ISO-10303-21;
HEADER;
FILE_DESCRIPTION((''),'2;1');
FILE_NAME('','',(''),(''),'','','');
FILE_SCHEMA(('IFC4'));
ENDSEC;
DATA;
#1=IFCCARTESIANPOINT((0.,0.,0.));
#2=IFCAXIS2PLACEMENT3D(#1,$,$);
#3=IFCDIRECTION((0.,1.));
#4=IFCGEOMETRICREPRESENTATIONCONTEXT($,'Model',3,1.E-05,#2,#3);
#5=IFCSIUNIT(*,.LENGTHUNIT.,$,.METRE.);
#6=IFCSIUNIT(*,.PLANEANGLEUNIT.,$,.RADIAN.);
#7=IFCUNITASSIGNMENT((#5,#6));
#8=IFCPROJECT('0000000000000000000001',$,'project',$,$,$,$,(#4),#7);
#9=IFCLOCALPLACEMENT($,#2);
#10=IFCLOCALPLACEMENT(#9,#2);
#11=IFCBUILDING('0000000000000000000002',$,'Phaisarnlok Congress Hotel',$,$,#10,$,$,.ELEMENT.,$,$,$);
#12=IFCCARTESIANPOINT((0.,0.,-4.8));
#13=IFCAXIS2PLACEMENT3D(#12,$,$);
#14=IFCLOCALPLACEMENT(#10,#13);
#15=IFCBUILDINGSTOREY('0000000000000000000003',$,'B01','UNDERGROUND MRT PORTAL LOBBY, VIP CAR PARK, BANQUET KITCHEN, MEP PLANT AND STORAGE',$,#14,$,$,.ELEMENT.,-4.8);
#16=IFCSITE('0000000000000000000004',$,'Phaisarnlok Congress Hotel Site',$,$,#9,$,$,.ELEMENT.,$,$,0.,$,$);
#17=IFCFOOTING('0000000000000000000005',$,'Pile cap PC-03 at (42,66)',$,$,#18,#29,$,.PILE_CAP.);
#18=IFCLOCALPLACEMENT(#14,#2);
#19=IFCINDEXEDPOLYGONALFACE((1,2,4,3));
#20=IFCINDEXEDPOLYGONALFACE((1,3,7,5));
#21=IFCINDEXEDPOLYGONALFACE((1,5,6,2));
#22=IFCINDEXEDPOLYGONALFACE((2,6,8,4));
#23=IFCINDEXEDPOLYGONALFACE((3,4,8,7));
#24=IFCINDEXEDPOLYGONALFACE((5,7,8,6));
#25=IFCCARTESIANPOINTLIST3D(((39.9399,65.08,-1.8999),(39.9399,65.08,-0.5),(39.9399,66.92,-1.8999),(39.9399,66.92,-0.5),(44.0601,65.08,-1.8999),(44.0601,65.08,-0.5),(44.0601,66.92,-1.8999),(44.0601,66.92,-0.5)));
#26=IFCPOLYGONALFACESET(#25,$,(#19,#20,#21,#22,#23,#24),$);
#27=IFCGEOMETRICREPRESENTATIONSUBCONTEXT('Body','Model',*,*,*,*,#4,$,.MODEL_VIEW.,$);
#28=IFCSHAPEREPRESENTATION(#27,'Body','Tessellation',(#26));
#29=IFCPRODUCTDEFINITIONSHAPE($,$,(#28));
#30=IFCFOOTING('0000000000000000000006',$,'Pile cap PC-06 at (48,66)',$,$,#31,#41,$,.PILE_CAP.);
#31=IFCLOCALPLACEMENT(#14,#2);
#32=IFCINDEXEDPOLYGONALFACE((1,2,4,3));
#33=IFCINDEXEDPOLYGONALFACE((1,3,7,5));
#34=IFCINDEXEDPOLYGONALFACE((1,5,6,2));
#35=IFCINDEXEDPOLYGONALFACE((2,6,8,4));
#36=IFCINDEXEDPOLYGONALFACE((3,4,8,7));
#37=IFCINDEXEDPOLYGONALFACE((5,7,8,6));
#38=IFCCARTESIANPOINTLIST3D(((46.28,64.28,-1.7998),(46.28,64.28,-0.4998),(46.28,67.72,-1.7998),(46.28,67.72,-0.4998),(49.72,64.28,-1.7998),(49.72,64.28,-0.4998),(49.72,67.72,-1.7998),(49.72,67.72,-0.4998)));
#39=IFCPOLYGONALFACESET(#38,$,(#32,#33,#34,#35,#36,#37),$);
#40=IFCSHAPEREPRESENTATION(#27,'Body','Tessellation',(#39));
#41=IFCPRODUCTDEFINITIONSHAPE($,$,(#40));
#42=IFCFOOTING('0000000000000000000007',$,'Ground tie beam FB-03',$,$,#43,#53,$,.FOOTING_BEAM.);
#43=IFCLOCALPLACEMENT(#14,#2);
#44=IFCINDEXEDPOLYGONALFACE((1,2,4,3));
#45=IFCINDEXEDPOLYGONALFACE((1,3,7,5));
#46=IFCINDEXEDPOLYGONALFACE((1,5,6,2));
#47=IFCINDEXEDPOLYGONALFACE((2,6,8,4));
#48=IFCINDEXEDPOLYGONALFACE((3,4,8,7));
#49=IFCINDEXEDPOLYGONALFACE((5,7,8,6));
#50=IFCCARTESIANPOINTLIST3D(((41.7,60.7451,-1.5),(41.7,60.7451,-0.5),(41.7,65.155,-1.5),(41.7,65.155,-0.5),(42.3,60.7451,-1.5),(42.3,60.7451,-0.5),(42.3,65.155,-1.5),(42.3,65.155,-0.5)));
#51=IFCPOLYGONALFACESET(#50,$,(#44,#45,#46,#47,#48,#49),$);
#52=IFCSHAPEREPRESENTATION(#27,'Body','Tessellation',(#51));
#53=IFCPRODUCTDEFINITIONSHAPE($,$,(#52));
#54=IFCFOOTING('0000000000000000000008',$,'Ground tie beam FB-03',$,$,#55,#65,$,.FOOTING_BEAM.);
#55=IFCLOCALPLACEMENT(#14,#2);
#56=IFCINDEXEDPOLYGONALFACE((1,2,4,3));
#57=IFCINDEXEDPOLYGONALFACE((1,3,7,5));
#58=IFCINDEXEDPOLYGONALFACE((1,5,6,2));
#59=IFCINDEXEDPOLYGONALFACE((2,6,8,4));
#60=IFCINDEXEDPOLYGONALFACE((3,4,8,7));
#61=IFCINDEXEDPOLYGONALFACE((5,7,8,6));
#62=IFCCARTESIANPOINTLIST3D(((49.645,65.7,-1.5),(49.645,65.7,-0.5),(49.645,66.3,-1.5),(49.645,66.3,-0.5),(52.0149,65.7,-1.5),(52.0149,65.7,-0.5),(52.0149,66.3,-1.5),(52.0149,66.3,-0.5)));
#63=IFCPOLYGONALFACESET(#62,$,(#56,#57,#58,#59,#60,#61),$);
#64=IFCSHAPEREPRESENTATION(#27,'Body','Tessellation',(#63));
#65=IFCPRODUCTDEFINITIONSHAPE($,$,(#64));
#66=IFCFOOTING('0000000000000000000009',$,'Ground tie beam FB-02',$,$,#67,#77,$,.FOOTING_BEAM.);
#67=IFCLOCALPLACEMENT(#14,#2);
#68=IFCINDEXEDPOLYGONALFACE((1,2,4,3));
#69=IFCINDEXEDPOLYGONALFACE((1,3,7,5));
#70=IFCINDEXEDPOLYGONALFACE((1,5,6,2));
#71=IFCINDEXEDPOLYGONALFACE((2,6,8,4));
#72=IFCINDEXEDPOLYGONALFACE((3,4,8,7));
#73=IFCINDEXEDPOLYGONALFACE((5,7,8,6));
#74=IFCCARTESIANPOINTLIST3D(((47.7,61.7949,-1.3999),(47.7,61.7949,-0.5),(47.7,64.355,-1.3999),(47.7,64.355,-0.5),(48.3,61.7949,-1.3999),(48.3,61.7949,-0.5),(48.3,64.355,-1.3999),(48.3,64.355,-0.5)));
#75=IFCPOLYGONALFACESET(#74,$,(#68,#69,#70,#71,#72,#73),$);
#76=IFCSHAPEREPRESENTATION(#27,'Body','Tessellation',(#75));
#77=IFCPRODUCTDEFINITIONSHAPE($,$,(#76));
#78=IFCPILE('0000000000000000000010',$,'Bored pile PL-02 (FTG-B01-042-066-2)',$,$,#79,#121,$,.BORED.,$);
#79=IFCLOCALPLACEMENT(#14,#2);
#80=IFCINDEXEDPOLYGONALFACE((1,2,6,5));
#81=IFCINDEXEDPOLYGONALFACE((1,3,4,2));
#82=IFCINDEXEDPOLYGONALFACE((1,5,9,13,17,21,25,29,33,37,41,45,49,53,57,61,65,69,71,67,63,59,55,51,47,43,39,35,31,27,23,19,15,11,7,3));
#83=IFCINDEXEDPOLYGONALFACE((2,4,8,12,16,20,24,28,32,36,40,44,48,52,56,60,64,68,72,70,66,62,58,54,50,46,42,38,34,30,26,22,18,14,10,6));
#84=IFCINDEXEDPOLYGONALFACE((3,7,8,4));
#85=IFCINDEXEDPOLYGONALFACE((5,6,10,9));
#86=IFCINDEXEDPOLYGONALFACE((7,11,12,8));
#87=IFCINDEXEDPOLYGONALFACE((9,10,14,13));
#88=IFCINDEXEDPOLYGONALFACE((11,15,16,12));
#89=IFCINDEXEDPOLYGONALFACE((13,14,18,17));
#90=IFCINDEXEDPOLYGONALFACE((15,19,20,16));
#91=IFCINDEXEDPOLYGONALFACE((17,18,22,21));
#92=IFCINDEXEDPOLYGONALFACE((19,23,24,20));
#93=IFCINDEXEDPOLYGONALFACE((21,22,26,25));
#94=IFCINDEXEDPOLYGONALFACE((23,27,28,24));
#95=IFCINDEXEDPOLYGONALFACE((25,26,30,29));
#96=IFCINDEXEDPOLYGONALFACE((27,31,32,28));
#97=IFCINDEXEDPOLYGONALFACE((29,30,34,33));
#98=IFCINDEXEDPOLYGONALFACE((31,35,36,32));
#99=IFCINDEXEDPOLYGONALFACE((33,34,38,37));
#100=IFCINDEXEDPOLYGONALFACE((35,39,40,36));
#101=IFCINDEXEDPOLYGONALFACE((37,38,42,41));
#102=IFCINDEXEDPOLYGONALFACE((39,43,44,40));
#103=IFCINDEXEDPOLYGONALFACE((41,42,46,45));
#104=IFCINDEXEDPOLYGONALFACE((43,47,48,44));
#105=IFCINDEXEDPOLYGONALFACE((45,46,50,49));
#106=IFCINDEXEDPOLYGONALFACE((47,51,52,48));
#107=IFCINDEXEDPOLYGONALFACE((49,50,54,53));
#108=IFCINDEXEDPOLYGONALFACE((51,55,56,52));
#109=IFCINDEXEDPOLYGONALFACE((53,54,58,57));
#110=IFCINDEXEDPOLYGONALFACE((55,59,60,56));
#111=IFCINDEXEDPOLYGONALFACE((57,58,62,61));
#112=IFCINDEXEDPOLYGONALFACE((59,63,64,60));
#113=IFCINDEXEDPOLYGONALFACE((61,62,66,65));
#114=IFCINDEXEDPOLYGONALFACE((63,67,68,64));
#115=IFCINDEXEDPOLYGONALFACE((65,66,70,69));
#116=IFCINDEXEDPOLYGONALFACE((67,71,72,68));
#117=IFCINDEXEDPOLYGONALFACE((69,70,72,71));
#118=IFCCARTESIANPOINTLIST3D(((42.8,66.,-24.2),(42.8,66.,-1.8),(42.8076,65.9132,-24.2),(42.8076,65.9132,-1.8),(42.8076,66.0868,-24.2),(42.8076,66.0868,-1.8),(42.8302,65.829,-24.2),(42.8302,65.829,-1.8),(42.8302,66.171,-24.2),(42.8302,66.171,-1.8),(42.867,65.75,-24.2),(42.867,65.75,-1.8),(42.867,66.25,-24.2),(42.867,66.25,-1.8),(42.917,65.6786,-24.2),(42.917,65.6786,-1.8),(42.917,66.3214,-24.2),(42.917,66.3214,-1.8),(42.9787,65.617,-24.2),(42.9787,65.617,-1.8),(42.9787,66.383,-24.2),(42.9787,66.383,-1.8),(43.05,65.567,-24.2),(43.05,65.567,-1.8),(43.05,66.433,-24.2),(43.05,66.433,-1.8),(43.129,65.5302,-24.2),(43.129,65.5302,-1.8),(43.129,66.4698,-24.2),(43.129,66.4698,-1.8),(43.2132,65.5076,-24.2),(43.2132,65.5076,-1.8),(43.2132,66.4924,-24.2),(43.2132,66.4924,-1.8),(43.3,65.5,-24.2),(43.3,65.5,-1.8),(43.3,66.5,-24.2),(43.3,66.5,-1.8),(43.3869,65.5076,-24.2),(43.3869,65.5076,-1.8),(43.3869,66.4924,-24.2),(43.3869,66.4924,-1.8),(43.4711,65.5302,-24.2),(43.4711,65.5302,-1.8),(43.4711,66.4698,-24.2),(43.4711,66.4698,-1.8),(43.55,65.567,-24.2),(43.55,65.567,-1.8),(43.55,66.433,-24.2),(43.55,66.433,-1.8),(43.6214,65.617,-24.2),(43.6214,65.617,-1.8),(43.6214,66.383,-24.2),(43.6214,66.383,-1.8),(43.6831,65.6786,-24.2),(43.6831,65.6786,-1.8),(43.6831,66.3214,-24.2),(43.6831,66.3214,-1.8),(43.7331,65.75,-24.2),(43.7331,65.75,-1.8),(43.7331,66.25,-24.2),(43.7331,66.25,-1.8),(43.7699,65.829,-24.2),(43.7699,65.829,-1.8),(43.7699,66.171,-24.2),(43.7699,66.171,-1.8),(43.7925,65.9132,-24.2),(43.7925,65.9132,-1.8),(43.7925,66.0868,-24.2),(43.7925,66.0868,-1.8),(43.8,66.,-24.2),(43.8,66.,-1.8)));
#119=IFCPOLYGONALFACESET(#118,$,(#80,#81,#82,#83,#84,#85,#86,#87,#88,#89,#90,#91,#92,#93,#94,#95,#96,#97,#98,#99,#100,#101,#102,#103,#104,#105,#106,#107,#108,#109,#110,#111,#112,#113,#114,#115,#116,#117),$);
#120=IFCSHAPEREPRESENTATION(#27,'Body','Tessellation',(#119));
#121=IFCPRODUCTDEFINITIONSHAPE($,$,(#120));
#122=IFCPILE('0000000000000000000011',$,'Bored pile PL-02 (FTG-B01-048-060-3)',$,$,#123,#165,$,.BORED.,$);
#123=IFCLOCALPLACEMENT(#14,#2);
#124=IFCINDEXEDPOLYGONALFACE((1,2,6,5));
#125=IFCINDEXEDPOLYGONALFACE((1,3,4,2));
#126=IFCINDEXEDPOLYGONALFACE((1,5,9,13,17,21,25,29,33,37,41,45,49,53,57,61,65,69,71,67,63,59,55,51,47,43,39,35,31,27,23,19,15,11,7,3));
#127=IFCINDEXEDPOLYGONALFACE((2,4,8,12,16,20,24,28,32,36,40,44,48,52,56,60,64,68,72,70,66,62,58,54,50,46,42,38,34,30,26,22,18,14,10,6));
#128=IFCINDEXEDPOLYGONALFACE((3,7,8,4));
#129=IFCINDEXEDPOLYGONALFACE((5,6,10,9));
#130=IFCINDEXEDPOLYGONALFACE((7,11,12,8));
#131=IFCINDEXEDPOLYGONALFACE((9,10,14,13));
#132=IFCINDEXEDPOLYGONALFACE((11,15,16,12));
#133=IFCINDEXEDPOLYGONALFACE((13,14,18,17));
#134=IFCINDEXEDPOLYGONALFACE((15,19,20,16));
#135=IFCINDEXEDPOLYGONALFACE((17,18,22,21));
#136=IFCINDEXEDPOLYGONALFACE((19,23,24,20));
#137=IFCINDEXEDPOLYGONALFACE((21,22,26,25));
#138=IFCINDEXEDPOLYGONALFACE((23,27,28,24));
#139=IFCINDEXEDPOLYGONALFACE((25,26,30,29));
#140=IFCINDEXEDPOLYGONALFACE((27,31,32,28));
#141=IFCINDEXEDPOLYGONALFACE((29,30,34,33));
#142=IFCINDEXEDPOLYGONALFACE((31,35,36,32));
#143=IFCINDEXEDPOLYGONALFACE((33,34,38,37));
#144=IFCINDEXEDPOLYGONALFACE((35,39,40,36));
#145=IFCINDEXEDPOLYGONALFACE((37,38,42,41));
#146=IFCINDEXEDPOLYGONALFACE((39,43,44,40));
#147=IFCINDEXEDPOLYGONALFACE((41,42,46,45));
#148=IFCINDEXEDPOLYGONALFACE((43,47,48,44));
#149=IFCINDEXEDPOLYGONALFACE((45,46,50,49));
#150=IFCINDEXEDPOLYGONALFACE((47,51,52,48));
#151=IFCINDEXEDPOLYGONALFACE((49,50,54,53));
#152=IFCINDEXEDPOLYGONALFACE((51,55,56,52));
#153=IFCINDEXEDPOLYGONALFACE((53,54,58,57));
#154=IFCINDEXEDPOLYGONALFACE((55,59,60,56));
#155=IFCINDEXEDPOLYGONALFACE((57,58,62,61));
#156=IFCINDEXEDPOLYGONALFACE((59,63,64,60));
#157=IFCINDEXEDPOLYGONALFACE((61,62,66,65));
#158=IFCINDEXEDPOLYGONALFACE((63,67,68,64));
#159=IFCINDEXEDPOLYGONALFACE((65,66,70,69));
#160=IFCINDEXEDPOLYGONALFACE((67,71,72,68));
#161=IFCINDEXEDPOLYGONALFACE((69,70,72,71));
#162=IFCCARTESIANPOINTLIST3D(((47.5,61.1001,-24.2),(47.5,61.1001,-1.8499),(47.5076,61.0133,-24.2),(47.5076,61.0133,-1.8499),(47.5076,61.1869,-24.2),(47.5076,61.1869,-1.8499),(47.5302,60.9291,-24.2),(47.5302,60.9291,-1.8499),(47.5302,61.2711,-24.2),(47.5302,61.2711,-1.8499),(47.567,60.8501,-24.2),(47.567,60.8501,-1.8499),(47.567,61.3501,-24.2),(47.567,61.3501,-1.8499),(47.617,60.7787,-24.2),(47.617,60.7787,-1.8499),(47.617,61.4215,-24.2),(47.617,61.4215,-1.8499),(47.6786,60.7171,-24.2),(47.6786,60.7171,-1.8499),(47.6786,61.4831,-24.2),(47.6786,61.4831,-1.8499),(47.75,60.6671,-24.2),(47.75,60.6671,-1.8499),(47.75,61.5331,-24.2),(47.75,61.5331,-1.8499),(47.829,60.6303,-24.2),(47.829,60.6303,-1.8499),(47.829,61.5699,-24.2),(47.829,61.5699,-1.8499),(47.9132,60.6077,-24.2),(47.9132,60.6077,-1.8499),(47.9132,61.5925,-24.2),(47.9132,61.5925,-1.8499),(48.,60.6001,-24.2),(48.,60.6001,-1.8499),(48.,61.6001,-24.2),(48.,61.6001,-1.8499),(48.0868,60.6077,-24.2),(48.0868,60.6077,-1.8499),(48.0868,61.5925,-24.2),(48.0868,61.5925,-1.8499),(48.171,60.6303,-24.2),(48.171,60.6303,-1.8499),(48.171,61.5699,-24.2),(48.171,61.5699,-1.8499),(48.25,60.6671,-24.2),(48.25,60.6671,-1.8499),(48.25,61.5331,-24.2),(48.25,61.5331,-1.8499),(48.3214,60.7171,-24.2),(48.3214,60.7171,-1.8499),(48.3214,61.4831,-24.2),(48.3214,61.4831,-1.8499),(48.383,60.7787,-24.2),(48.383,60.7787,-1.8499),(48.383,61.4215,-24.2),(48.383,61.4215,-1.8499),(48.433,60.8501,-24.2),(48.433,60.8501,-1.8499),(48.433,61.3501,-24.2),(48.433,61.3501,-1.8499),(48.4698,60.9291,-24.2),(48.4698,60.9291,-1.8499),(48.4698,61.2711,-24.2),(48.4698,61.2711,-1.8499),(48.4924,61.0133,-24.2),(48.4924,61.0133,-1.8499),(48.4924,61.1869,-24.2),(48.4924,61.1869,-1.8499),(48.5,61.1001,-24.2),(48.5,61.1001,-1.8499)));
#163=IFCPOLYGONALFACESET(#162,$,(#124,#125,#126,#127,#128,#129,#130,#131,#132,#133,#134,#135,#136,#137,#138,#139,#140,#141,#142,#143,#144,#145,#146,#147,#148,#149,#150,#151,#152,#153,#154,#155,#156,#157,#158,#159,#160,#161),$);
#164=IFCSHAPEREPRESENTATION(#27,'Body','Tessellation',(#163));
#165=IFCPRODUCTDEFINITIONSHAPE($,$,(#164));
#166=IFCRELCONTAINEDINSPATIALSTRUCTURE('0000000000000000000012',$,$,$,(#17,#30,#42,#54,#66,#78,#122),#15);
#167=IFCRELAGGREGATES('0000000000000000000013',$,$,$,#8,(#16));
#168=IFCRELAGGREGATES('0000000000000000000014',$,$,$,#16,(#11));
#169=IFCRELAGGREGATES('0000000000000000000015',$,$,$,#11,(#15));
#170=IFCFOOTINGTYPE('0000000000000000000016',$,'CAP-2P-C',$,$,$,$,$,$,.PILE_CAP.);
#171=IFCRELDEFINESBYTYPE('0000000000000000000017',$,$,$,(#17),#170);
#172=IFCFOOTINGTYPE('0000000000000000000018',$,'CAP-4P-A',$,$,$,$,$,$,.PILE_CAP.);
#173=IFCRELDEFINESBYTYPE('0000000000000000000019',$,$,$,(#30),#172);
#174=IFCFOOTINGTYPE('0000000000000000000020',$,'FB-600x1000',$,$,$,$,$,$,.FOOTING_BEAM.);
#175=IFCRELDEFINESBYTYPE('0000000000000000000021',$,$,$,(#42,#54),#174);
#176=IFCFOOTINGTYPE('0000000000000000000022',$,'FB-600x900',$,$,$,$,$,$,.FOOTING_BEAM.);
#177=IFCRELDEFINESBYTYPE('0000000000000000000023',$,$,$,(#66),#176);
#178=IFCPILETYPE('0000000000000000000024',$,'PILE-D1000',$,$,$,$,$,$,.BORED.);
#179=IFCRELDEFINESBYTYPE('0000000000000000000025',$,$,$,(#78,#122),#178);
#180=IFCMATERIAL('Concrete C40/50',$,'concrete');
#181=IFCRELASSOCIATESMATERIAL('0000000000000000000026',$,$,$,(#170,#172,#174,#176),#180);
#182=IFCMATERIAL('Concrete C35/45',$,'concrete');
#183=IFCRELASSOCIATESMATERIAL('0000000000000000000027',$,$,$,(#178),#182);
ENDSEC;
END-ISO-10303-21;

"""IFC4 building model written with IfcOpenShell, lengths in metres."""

from ifc_helpers import new_model, si_unit, direction, frame, origin, origin_2d, place, context, subcontext, project, spatial, rectangle, circle, extrude, material, material_profile, profile_set, type_object, element, save


model = new_model("IFC4")

# Units and contexts
model_context = context("Model", 3, precision=1e-05, world=origin(), true_north=direction((0.0, 1.0)))
body_context = subcontext(model_context, "Body", "Model", "MODEL_VIEW")
ifc_project = project(units=[si_unit("LENGTHUNIT", "METRE"), si_unit("PLANEANGLEUNIT", "RADIAN")], contexts=[model_context])

# Site, building, storey
site_placement = place(None, origin())
site = spatial("IfcSite", under=ifc_project, at=site_placement, Name="Phaisarnlok Congress Hotel Site", CompositionType="ELEMENT", RefElevation=0.0)
building_placement = place(site_placement, origin())
building = spatial("IfcBuilding", under=site, at=building_placement, Name="Phaisarnlok Congress Hotel", CompositionType="ELEMENT")
storey_placement = place(building_placement, frame((0.0, 0.0, -4.8)))
storey = spatial("IfcBuildingStorey", under=building, at=storey_placement, Name="B01", Description="UNDERGROUND MRT PORTAL LOBBY, VIP CAR PARK, BANQUET KITCHEN, MEP PLANT AND STORAGE", CompositionType="ELEMENT", Elevation=-4.8)

# Footings
ifc_material_1 = material(Name="Concrete C40/50", Category="concrete")
footing_type_1 = type_object("IfcFootingType", Name="CAP-2P-C", PredefinedType="PILE_CAP", material=ifc_material_1)
footing_1_placement = place(storey_placement, frame((42.0, 66.0, -1.8999), z_axis=(0.0, 0.0, 1.0), x_axis=(1.0, 0.0, 0.0)))
element("IfcFooting", 1, at=footing_1_placement, inside=storey, type_object=footing_type_1, Name="Pile cap PC-03 at (42,66)", PredefinedType="PILE_CAP", context=body_context, shape_type="SweptSolid", body=[
    extrude(rectangle(XDim=4.1201, YDim=1.8401, at=origin_2d()), origin(), (0.0, 0.0, 1.0), 1.3999),
])
footing_type_2 = type_object("IfcFootingType", Name="CAP-4P-A", PredefinedType="PILE_CAP", material=ifc_material_1)
footing_2_placement = place(storey_placement, frame((48.0, 66.0, -1.7998), z_axis=(0.0, 0.0, 1.0), x_axis=(1.0, 0.0, 0.0)))
element("IfcFooting", 2, at=footing_2_placement, inside=storey, type_object=footing_type_2, Name="Pile cap PC-06 at (48,66)", PredefinedType="PILE_CAP", context=body_context, shape_type="SweptSolid", body=[
    extrude(rectangle(XDim=3.4399, YDim=3.4399, at=origin_2d()), origin(), (0.0, 0.0, 1.0), 1.3),
])
ifc_material_profile_1 = material_profile(ifc_material_1, rectangle(XDim=0.6001, YDim=1.0, at=origin_2d()), Name="FB-600x1000")
ifc_profile_set_1 = profile_set([ifc_material_profile_1], Name="Concrete C40/50")
footing_type_3 = type_object("IfcFootingType", Name="FB-600x1000", PredefinedType="FOOTING_BEAM", material=ifc_profile_set_1)
footing_3_placement = place(storey_placement, frame((42.0, 60.7451, -1.0), z_axis=(0.0, 1.0, 0.0), x_axis=(-1.0, 0.0, 0.0)))
element("IfcFooting", 3, at=footing_3_placement, inside=storey, type_object=footing_type_3, Name="Ground tie beam FB-03", PredefinedType="FOOTING_BEAM", context=body_context, shape_type="SweptSolid", body=[
    extrude(rectangle(XDim=0.6001, YDim=1.0, at=origin_2d()), origin(), (0.0, 0.0, 1.0), 4.4099),
])
footing_4_placement = place(storey_placement, frame((49.645, 66.0, -1.0), z_axis=(1.0, 0.0, 0.0), x_axis=(0.0, 1.0, 0.0)))
element("IfcFooting", 4, at=footing_4_placement, inside=storey, type_object=footing_type_3, Name="Ground tie beam FB-03", PredefinedType="FOOTING_BEAM", context=body_context, shape_type="SweptSolid", body=[
    extrude(rectangle(XDim=0.6001, YDim=1.0, at=origin_2d()), origin(), (0.0, 0.0, 1.0), 2.3699),
])
ifc_material_profile_2 = material_profile(ifc_material_1, rectangle(XDim=0.6001, YDim=0.8999, at=origin_2d()), Name="FB-600x900")
ifc_profile_set_2 = profile_set([ifc_material_profile_2], Name="Concrete C40/50")
footing_type_4 = type_object("IfcFootingType", Name="FB-600x900", PredefinedType="FOOTING_BEAM", material=ifc_profile_set_2)
footing_5_placement = place(storey_placement, frame((48.0, 61.7949, -0.95), z_axis=(0.0, 1.0, 0.0), x_axis=(-1.0, 0.0, 0.0)))
element("IfcFooting", 5, at=footing_5_placement, inside=storey, type_object=footing_type_4, Name="Ground tie beam FB-02", PredefinedType="FOOTING_BEAM", context=body_context, shape_type="SweptSolid", body=[
    extrude(rectangle(XDim=0.6001, YDim=0.8999, at=origin_2d()), origin(), (0.0, 0.0, 1.0), 2.5601),
])

# Piles
ifc_material_2 = material(Name="Concrete C35/45", Category="concrete")
ifc_material_profile_3 = material_profile(ifc_material_2, circle(Radius=0.5, at=origin_2d()), Name="BORED PILE D1000")
ifc_profile_set_3 = profile_set([ifc_material_profile_3], Name="Concrete C35/45")
pile_type_1 = type_object("IfcPileType", Name="PILE-D1000", PredefinedType="BORED", material=ifc_profile_set_3)
pile_1_placement = place(storey_placement, frame((43.3, 66.0, -1.8), z_axis=(0.0, 0.0, -1.0), x_axis=(1.0, 0.0, 0.0)))
element("IfcPile", 6, at=pile_1_placement, inside=storey, type_object=pile_type_1, Name="Bored pile PL-02 (FTG-B01-042-066-2)", PredefinedType="BORED", context=body_context, shape_type="SweptSolid", body=[
    extrude(circle(Radius=0.5, at=origin_2d()), origin(), (0.0, 0.0, 1.0), 22.3999),
])
pile_2_placement = place(storey_placement, frame((48.0, 61.1001, -1.8499), z_axis=(0.0, 0.0, -1.0), x_axis=(1.0, 0.0, 0.0)))
element("IfcPile", 7, at=pile_2_placement, inside=storey, type_object=pile_type_1, Name="Bored pile PL-02 (FTG-B01-048-060-3)", PredefinedType="BORED", context=body_context, shape_type="SweptSolid", body=[
    extrude(circle(Radius=0.5, at=origin_2d()), origin(), (0.0, 0.0, 1.0), 22.3501),
])

save(model, "model.ifc")
